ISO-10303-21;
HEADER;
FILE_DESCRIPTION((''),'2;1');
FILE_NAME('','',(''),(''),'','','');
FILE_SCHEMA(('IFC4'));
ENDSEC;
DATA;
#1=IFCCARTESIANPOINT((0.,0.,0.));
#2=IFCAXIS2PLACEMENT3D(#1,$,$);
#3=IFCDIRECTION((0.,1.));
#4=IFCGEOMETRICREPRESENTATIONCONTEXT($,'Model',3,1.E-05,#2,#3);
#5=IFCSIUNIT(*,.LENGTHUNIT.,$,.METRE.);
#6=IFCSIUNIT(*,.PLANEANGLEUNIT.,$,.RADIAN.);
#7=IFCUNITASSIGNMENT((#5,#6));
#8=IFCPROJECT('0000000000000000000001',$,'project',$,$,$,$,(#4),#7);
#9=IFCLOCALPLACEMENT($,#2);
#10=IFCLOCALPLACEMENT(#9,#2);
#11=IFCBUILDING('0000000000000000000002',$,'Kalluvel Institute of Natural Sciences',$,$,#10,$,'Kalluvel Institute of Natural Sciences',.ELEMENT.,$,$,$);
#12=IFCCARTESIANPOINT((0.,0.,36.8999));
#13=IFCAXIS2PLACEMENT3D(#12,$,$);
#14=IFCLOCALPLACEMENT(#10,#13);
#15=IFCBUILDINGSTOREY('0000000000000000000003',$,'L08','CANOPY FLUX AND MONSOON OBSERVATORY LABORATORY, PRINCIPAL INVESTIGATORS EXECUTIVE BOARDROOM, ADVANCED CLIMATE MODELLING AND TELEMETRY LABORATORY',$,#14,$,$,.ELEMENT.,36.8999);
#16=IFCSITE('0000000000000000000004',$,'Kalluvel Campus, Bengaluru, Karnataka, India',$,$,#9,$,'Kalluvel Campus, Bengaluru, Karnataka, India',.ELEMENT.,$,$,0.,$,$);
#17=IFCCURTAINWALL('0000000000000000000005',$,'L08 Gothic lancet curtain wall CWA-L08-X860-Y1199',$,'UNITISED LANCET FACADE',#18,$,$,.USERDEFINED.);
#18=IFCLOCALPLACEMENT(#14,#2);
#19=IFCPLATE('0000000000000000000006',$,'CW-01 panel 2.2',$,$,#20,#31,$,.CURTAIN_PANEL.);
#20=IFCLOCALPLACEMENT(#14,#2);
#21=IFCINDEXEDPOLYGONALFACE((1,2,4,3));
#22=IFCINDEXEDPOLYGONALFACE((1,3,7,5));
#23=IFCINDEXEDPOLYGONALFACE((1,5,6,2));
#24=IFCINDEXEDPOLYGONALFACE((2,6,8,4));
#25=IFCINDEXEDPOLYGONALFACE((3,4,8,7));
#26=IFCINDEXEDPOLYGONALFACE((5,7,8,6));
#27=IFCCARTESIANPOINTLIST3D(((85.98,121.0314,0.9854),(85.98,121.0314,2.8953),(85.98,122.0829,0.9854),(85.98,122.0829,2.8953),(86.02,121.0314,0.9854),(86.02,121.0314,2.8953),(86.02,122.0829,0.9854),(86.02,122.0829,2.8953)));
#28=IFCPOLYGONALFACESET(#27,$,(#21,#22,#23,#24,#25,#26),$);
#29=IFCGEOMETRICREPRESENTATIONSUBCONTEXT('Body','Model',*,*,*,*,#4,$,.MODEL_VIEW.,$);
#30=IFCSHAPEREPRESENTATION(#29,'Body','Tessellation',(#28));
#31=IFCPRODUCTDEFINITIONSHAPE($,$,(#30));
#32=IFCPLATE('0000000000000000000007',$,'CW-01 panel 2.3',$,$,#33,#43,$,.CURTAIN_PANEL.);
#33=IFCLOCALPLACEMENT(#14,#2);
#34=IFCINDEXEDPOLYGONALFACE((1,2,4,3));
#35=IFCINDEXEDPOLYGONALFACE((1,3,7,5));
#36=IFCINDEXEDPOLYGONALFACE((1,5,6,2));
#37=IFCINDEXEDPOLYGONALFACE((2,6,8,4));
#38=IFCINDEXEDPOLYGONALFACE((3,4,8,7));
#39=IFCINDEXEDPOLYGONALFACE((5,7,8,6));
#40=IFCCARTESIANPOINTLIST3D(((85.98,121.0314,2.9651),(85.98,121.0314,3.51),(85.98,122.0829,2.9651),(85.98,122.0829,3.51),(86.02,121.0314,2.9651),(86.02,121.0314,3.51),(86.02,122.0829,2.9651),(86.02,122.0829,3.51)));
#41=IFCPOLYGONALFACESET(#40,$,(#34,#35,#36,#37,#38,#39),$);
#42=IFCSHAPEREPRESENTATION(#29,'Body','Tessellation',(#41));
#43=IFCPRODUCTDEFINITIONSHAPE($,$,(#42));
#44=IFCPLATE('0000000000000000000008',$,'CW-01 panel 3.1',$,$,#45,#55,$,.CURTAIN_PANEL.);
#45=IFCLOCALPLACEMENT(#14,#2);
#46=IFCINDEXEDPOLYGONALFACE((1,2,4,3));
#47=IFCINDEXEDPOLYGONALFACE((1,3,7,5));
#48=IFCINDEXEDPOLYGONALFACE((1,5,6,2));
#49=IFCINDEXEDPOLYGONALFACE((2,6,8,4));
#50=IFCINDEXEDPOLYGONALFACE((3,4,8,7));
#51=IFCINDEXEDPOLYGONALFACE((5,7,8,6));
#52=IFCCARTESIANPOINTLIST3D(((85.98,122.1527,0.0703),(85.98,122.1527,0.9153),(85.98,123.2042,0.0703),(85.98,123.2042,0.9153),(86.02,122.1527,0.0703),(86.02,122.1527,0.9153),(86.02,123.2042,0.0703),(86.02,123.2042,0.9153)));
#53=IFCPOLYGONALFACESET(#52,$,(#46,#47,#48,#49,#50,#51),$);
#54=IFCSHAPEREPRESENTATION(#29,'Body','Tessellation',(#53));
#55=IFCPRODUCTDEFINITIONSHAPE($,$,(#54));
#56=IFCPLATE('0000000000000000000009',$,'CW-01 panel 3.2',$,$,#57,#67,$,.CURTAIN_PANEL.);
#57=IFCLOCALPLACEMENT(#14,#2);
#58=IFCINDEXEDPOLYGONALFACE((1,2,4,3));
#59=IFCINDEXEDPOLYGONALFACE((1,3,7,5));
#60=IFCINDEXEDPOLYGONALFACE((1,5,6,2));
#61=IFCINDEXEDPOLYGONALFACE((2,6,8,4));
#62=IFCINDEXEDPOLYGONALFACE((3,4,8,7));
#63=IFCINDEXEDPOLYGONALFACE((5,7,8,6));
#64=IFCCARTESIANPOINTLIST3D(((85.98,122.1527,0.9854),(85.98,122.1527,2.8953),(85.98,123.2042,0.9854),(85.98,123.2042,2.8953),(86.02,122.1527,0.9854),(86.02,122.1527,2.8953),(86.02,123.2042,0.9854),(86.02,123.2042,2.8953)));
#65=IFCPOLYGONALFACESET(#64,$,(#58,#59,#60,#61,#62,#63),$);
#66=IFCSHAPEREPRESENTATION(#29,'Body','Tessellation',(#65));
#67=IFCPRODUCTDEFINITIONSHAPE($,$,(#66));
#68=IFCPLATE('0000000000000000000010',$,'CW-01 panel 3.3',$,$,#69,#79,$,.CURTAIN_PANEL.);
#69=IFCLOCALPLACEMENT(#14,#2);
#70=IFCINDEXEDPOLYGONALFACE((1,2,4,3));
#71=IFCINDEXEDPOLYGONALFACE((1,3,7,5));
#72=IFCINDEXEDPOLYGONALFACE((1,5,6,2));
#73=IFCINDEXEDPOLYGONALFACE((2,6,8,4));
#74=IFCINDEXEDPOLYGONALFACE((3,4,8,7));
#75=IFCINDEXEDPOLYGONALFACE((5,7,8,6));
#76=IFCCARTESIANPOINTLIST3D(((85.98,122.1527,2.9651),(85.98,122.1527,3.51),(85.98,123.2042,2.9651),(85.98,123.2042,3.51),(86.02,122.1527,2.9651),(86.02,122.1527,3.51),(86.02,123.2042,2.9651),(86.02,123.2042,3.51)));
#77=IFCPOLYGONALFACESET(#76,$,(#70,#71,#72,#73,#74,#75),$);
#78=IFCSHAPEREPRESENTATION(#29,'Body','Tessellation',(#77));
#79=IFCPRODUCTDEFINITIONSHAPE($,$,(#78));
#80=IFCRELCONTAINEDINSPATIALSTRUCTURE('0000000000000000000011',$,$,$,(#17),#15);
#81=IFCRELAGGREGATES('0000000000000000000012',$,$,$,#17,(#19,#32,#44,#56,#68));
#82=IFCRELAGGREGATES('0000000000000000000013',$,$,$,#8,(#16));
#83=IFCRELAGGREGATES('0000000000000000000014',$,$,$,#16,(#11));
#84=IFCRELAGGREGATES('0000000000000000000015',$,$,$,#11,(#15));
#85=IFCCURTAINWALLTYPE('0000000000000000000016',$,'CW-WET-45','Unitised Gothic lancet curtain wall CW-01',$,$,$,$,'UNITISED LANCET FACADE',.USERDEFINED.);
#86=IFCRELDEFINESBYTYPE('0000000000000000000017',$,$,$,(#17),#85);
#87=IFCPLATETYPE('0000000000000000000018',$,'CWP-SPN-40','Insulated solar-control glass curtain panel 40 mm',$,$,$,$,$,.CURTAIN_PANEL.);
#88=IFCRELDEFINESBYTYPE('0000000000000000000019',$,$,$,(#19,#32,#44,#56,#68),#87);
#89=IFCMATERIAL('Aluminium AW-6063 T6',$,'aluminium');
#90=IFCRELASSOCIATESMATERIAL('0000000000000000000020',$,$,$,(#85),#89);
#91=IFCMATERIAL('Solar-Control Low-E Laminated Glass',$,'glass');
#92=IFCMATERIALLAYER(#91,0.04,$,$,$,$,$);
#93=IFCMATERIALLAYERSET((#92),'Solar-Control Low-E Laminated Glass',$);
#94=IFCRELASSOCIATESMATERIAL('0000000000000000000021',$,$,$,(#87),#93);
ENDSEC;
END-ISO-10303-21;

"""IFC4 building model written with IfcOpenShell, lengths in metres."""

from ifc_helpers import new_model, si_unit, direction, frame, origin, origin_2d, place, context, subcontext, project, spatial, rectangle, extrude, material, layer, layer_set, type_object, element, aggregate, save


model = new_model("IFC4")

# Units and contexts
model_context = context("Model", 3, precision=1e-05, world=origin(), true_north=direction((0.0, 1.0)))
body_context = subcontext(model_context, "Body", "Model", "MODEL_VIEW")
ifc_project = project(units=[si_unit("LENGTHUNIT", "METRE"), si_unit("PLANEANGLEUNIT", "RADIAN")], contexts=[model_context])

# Site, building, storey
site_placement = place(None, origin())
site = spatial("IfcSite", under=ifc_project, at=site_placement, Name="Kalluvel Campus, Bengaluru, Karnataka, India", LongName="Kalluvel Campus, Bengaluru, Karnataka, India", CompositionType="ELEMENT", RefElevation=0.0)
building_placement = place(site_placement, origin())
building = spatial("IfcBuilding", under=site, at=building_placement, Name="Kalluvel Institute of Natural Sciences", LongName="Kalluvel Institute of Natural Sciences", CompositionType="ELEMENT")
storey_placement = place(building_placement, frame((0.0, 0.0, 36.8999)))
storey = spatial("IfcBuildingStorey", under=building, at=storey_placement, Name="L08", Description="CANOPY FLUX AND MONSOON OBSERVATORY LABORATORY, PRINCIPAL INVESTIGATORS EXECUTIVE BOARDROOM, ADVANCED CLIMATE MODELLING AND TELEMETRY LABORATORY", CompositionType="ELEMENT", Elevation=36.8999)

# Curtain wall, plates
ifc_material_1 = material(Name="Aluminium AW-6063 T6", Category="aluminium")
curtain_wall_type = type_object("IfcCurtainWallType", Name="CW-WET-45", Description="Unitised Gothic lancet curtain wall CW-01", ElementType="UNITISED LANCET FACADE", PredefinedType="USERDEFINED", material=ifc_material_1)
curtain_wall_placement = place(storey_placement, origin())
curtain_wall = element("IfcCurtainWall", 1, at=curtain_wall_placement, inside=storey, type_object=curtain_wall_type, Name="L08 Gothic lancet curtain wall CWA-L08-X860-Y1199", ObjectType="UNITISED LANCET FACADE", PredefinedType="USERDEFINED")
ifc_material_2 = material(Name="Solar-Control Low-E Laminated Glass", Category="glass")
ifc_layer = layer(ifc_material_2, 0.04)
ifc_layer_set = layer_set([ifc_layer], Name="Solar-Control Low-E Laminated Glass")
plate_type = type_object("IfcPlateType", Name="CWP-SPN-40", Description="Insulated solar-control glass curtain panel 40 mm", PredefinedType="CURTAIN_PANEL", material=ifc_layer_set)
plate_1_placement = place(storey_placement, frame((86.0, 121.5571, 0.9854), z_axis=(0.0, 0.0, 1.0), x_axis=(0.0, 1.0, 0.0)))
plate_1 = element("IfcPlate", 2, at=plate_1_placement, type_object=plate_type, Name="CW-01 panel 2.2", PredefinedType="CURTAIN_PANEL", context=body_context, shape_type="SweptSolid", body=[
    extrude(rectangle(XDim=1.0515, YDim=0.04, at=origin_2d()), origin(), (0.0, 0.0, 1.0), 1.9099),
])
plate_2_placement = place(storey_placement, frame((86.0, 121.5571, 2.9651), z_axis=(0.0, 0.0, 1.0), x_axis=(0.0, 1.0, 0.0)))
plate_2 = element("IfcPlate", 3, at=plate_2_placement, type_object=plate_type, Name="CW-01 panel 2.3", PredefinedType="CURTAIN_PANEL", context=body_context, shape_type="SweptSolid", body=[
    extrude(rectangle(XDim=1.0515, YDim=0.04, at=origin_2d()), origin(), (0.0, 0.0, 1.0), 0.5449),
])
plate_3_placement = place(storey_placement, frame((86.0, 122.6785, 0.0703), z_axis=(0.0, 0.0, 1.0), x_axis=(0.0, 1.0, 0.0)))
plate_3 = element("IfcPlate", 4, at=plate_3_placement, type_object=plate_type, Name="CW-01 panel 3.1", PredefinedType="CURTAIN_PANEL", context=body_context, shape_type="SweptSolid", body=[
    extrude(rectangle(XDim=1.0515, YDim=0.04, at=origin_2d()), origin(), (0.0, 0.0, 1.0), 0.845),
])
plate_4_placement = place(storey_placement, frame((86.0, 122.6785, 0.9854), z_axis=(0.0, 0.0, 1.0), x_axis=(0.0, 1.0, 0.0)))
plate_4 = element("IfcPlate", 5, at=plate_4_placement, type_object=plate_type, Name="CW-01 panel 3.2", PredefinedType="CURTAIN_PANEL", context=body_context, shape_type="SweptSolid", body=[
    extrude(rectangle(XDim=1.0515, YDim=0.04, at=origin_2d()), origin(), (0.0, 0.0, 1.0), 1.9099),
])
plate_5_placement = place(storey_placement, frame((86.0, 122.6785, 2.9651), z_axis=(0.0, 0.0, 1.0), x_axis=(0.0, 1.0, 0.0)))
plate_5 = element("IfcPlate", 6, at=plate_5_placement, type_object=plate_type, Name="CW-01 panel 3.3", PredefinedType="CURTAIN_PANEL", context=body_context, shape_type="SweptSolid", body=[
    extrude(rectangle(XDim=1.0515, YDim=0.04, at=origin_2d()), origin(), (0.0, 0.0, 1.0), 0.5449),
])
aggregate(curtain_wall, [plate_1, plate_2, plate_3, plate_4, plate_5])

save(model, "model.ifc")
